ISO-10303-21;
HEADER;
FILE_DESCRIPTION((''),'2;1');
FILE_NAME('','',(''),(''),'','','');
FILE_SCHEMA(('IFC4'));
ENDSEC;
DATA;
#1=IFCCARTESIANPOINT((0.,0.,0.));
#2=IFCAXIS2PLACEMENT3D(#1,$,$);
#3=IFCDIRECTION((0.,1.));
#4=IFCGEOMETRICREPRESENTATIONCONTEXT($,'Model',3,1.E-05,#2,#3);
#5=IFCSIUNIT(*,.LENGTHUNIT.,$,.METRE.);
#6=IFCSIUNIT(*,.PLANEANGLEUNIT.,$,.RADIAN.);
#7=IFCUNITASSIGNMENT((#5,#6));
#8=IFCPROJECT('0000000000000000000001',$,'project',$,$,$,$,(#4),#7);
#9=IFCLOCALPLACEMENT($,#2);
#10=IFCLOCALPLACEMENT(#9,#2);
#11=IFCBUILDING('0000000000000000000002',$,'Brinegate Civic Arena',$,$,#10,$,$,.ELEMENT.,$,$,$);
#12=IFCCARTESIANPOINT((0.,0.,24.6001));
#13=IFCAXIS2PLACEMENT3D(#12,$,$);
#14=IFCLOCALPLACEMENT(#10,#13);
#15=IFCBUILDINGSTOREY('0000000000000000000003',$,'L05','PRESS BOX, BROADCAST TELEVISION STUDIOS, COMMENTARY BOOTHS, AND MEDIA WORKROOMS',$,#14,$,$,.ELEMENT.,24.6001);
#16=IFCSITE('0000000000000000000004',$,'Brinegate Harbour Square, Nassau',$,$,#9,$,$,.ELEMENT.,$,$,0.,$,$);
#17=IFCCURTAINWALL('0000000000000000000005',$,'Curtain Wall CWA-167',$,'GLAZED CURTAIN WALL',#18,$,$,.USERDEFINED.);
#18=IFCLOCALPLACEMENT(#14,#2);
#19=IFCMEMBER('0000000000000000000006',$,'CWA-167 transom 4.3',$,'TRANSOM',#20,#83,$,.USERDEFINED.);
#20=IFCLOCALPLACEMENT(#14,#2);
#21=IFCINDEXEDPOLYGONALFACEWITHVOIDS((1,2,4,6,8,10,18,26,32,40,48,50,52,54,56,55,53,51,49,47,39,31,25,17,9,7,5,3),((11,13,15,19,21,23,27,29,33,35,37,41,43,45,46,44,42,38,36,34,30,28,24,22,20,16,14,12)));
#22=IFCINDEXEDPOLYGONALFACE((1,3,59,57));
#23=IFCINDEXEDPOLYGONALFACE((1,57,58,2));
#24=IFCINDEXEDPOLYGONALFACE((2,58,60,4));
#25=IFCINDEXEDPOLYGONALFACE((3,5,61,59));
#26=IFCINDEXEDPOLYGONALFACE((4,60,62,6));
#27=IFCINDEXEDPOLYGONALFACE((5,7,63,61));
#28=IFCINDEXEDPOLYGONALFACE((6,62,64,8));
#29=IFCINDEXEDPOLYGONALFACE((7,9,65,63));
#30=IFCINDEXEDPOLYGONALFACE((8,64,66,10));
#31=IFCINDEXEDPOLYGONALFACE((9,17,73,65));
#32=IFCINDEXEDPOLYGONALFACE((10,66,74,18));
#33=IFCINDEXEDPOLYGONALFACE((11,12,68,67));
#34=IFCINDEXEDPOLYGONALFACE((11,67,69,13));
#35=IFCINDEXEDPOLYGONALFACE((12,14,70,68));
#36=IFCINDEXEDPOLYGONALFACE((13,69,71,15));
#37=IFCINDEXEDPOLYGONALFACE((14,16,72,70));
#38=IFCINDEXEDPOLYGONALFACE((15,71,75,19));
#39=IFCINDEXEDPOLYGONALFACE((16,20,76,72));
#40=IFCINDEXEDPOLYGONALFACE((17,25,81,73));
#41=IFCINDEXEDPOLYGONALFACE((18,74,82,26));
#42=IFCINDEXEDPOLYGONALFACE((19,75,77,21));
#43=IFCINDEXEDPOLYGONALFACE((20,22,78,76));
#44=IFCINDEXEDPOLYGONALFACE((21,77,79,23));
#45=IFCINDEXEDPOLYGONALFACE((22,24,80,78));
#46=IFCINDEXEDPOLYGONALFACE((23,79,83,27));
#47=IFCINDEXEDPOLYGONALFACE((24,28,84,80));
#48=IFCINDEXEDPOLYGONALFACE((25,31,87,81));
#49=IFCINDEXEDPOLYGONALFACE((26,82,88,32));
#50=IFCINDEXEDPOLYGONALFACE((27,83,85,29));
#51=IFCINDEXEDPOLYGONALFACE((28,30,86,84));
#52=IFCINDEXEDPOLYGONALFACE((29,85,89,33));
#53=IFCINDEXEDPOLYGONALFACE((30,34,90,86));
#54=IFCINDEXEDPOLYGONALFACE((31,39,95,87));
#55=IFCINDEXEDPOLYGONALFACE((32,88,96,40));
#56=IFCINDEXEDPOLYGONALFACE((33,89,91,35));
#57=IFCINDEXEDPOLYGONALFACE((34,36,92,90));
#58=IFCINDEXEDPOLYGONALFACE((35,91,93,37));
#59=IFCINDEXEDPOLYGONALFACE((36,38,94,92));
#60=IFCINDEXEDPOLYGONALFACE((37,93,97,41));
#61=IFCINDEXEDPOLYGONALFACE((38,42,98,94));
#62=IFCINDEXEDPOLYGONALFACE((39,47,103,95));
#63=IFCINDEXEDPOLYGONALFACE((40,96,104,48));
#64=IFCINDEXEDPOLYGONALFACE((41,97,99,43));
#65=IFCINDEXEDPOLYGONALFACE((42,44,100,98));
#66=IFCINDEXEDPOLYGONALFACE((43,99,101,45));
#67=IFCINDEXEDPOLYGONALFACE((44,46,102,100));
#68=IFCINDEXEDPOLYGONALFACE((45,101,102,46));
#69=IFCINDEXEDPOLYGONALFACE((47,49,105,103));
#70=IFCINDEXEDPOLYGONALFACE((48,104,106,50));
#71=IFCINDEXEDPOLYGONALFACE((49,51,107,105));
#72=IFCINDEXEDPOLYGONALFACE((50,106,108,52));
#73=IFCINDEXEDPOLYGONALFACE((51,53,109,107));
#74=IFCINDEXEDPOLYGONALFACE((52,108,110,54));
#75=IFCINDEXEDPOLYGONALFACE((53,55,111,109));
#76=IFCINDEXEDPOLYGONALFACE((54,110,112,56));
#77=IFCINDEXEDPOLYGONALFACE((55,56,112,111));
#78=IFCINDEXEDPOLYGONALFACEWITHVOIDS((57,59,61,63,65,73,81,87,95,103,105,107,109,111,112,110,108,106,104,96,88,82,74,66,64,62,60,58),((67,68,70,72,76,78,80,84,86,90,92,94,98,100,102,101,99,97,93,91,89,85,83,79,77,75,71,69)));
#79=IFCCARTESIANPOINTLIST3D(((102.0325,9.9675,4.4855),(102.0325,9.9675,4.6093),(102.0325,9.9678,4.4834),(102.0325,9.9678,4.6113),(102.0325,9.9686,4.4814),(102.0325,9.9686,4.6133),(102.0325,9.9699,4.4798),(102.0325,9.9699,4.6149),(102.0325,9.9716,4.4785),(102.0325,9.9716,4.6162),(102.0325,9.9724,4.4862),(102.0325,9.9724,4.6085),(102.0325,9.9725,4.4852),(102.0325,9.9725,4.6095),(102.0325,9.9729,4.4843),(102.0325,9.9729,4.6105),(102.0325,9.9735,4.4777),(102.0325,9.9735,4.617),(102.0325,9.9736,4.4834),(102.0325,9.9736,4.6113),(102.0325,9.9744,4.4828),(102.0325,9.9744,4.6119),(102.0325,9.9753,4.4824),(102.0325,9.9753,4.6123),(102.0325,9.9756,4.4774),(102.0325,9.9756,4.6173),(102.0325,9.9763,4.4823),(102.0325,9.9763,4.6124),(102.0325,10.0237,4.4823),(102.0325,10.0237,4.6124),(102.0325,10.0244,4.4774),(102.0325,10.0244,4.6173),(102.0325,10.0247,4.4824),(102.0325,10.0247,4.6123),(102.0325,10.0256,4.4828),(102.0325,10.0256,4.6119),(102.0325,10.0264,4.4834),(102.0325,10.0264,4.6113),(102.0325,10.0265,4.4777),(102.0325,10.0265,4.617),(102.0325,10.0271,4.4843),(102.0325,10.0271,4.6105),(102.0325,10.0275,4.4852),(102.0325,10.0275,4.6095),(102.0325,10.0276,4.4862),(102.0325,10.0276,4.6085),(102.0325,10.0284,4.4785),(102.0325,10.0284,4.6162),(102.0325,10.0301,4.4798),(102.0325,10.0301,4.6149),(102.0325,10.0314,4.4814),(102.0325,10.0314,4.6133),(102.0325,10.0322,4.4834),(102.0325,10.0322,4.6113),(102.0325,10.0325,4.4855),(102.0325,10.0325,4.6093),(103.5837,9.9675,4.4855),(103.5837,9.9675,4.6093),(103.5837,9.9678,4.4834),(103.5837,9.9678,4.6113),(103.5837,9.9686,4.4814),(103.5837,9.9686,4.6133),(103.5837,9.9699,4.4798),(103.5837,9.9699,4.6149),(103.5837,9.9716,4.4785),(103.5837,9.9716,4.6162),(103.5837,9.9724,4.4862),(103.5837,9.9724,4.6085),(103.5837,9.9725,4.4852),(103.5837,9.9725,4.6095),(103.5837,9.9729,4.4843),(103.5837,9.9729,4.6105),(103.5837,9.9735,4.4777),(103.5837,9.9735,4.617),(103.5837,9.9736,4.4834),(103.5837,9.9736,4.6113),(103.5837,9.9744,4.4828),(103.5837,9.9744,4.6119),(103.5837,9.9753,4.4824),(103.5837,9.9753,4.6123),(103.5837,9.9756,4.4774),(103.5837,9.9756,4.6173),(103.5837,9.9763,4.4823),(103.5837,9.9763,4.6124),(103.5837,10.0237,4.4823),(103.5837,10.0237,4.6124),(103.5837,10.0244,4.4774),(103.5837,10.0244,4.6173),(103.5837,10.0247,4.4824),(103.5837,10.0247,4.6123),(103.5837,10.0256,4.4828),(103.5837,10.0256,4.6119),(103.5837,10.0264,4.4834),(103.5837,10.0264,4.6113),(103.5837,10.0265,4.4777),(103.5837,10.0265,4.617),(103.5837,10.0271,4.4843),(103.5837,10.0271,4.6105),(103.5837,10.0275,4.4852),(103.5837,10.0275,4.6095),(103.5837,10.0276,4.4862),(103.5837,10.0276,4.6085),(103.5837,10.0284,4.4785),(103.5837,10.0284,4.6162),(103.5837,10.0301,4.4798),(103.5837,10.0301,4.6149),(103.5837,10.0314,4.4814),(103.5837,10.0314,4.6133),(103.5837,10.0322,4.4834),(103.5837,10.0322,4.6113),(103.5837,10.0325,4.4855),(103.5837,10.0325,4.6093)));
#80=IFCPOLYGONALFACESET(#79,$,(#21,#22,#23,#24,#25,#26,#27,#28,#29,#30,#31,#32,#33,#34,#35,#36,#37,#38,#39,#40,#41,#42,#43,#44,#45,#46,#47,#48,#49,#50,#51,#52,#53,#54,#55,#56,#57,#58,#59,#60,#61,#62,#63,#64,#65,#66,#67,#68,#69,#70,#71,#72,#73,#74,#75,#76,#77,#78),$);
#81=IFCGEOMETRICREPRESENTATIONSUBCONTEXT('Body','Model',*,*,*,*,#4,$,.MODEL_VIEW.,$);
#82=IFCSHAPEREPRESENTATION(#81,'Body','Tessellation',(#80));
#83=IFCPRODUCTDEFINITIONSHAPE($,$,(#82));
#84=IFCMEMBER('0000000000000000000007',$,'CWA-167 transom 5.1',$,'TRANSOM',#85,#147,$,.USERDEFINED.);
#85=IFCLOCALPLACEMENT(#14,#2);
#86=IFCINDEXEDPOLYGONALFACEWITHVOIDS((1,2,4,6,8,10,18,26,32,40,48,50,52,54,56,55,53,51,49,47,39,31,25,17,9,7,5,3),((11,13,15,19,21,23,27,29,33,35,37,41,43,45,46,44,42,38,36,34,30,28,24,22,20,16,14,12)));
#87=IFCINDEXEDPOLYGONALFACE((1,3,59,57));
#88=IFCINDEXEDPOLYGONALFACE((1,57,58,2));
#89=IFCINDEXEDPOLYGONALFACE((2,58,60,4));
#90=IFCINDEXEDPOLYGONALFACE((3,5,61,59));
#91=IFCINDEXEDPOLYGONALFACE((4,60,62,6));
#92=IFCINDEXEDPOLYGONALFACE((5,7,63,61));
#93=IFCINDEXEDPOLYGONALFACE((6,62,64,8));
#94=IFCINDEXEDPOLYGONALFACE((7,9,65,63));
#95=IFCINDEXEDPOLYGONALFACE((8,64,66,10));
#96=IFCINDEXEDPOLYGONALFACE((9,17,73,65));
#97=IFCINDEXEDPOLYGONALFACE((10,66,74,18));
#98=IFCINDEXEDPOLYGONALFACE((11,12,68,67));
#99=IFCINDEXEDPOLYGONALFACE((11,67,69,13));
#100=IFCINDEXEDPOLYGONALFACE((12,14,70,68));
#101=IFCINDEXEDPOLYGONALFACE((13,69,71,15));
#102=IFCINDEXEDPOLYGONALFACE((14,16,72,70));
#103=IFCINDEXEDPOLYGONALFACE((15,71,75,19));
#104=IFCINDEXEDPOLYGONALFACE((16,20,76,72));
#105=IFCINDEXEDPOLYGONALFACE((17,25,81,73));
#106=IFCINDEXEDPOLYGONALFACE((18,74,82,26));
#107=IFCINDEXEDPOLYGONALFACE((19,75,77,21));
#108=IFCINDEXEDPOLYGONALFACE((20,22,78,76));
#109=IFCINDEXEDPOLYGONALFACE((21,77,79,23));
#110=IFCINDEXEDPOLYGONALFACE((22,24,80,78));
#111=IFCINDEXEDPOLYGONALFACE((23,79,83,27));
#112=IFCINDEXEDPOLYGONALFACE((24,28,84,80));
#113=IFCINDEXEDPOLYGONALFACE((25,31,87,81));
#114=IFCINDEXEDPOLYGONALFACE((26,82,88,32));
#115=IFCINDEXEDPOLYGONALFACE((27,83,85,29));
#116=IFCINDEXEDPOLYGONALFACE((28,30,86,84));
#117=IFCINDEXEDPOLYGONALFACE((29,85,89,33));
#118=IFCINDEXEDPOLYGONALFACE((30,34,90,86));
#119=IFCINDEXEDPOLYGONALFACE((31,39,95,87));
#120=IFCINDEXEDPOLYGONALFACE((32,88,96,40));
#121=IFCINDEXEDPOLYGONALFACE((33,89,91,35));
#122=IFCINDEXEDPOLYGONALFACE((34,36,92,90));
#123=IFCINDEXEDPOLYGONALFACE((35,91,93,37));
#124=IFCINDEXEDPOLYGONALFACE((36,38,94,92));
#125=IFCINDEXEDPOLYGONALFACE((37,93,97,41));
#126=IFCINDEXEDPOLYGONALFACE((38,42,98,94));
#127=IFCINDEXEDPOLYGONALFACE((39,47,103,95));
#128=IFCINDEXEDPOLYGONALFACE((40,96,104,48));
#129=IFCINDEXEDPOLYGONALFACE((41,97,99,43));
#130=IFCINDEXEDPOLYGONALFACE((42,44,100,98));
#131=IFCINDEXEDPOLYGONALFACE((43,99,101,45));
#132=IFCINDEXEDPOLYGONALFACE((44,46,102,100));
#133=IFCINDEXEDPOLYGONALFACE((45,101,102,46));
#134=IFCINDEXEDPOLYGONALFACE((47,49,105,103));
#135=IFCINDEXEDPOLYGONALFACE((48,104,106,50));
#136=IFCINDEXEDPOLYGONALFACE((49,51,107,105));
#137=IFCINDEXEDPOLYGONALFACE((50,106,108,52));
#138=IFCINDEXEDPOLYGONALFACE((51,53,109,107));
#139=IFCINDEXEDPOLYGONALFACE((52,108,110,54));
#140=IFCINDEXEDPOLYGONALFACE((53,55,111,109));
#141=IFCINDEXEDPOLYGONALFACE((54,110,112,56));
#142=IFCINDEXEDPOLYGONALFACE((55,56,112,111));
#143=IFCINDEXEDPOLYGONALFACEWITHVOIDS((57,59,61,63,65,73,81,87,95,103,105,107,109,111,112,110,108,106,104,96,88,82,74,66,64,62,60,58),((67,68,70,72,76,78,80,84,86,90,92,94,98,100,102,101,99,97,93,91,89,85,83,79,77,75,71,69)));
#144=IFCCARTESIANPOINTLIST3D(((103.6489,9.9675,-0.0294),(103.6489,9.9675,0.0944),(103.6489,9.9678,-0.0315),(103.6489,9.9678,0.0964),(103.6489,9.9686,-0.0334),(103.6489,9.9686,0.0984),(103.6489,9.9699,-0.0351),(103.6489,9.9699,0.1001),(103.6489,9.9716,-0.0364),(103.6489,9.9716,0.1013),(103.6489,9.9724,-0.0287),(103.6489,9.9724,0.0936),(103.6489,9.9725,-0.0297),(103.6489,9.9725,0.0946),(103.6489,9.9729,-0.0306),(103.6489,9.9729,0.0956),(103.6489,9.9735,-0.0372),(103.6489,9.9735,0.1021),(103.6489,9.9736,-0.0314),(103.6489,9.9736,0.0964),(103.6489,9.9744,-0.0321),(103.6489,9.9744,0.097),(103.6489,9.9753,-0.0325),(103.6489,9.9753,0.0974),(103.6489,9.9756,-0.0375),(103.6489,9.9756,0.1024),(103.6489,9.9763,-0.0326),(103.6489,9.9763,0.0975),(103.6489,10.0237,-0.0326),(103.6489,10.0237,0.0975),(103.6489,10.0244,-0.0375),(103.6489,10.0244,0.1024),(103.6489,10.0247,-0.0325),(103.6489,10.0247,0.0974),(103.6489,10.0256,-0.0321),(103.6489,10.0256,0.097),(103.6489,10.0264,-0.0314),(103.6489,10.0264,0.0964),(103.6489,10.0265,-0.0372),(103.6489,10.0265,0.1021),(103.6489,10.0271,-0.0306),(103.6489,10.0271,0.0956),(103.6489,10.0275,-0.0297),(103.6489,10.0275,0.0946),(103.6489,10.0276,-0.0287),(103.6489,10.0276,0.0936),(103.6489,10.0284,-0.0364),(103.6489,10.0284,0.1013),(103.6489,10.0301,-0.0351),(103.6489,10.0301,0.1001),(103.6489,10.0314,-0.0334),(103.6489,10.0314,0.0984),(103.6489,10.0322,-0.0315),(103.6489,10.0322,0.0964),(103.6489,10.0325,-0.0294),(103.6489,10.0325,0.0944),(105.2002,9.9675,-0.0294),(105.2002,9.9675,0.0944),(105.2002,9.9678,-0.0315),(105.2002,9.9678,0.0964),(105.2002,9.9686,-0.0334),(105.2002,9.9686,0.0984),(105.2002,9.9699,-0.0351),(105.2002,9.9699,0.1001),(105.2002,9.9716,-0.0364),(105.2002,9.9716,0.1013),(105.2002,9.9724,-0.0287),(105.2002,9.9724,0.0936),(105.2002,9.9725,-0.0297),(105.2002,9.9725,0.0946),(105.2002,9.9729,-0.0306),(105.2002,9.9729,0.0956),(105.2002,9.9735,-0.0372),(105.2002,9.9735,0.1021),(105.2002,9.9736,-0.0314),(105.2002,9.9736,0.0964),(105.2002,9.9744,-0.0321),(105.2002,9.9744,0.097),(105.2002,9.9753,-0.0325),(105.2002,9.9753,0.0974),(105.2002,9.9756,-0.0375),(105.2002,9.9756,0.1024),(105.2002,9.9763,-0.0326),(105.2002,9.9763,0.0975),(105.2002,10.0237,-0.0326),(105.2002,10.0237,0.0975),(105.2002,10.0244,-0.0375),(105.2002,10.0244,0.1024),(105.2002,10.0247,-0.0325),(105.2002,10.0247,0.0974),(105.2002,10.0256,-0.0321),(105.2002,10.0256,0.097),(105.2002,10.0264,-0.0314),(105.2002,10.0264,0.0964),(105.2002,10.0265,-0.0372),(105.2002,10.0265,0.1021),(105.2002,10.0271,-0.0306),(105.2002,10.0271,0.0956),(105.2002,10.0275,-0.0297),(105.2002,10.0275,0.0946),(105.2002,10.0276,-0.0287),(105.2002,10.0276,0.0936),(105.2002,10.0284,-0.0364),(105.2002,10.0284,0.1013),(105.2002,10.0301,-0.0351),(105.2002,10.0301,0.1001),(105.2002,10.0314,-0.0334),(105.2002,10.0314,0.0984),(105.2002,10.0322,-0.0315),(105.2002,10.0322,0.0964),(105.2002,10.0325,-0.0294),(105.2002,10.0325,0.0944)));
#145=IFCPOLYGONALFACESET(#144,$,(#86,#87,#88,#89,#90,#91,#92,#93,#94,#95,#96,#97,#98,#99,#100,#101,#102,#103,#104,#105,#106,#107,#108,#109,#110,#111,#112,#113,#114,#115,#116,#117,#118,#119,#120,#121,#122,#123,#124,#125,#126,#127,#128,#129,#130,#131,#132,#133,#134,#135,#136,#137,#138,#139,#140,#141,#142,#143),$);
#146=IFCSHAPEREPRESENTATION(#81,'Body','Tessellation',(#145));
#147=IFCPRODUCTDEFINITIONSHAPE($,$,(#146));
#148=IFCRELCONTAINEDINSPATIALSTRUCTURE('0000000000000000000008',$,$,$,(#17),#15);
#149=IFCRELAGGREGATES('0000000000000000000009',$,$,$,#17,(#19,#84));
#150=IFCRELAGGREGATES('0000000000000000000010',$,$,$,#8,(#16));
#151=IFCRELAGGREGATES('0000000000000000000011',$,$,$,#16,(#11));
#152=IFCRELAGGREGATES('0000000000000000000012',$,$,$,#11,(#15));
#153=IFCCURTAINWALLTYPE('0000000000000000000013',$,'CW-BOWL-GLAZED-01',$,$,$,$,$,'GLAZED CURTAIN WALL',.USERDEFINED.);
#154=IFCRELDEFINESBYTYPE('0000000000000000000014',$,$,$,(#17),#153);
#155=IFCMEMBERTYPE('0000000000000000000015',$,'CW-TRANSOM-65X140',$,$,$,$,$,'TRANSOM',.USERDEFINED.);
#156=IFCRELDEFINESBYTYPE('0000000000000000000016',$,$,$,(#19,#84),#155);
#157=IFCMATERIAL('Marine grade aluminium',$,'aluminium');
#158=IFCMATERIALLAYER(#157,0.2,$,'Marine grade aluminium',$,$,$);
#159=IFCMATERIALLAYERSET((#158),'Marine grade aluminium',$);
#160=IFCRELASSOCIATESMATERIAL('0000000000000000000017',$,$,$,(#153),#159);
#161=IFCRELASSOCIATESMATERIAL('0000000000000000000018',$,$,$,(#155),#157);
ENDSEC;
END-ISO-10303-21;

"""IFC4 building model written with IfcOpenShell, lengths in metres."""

from ifc_helpers import new_model, si_unit, direction, frame, origin, origin_2d, place, context, subcontext, project, spatial, hollow_rectangle, extrude, material, layer, layer_set, material_profile, profile_set, type_object, element, aggregate, save


model = new_model("IFC4")

# Units and contexts
model_context = context("Model", 3, precision=1e-05, world=origin(), true_north=direction((0.0, 1.0)))
body_context = subcontext(model_context, "Body", "Model", "MODEL_VIEW")
ifc_project = project(units=[si_unit("LENGTHUNIT", "METRE"), si_unit("PLANEANGLEUNIT", "RADIAN")], contexts=[model_context])

# Site, building, storey
site_placement = place(None, origin())
site = spatial("IfcSite", under=ifc_project, at=site_placement, Name="Brinegate Harbour Square, Nassau", CompositionType="ELEMENT", RefElevation=0.0)
building_placement = place(site_placement, origin())
building = spatial("IfcBuilding", under=site, at=building_placement, Name="Brinegate Civic Arena", CompositionType="ELEMENT")
storey_placement = place(building_placement, frame((0.0, 0.0, 24.6001)))
storey = spatial("IfcBuildingStorey", under=building, at=storey_placement, Name="L05", Description="PRESS BOX, BROADCAST TELEVISION STUDIOS, COMMENTARY BOOTHS, AND MEDIA WORKROOMS", CompositionType="ELEMENT", Elevation=24.6001)

# Curtain wall, members
ifc_material_1 = material(Name="Marine grade aluminium", Category="aluminium")
ifc_layer_1 = layer(ifc_material_1, 0.2, Name="Marine grade aluminium")
ifc_layer_set_1 = layer_set([ifc_layer_1], Name="Marine grade aluminium")
curtain_wall_type = type_object("IfcCurtainWallType", Name="CW-BOWL-GLAZED-01", ElementType="GLAZED CURTAIN WALL", PredefinedType="USERDEFINED", material=ifc_layer_set_1)
curtain_wall_placement = place(storey_placement, origin())
curtain_wall = element("IfcCurtainWall", 1, at=curtain_wall_placement, inside=storey, type_object=curtain_wall_type, Name="Curtain Wall CWA-167", ObjectType="GLAZED CURTAIN WALL", PredefinedType="USERDEFINED")
ifc_material_profile_1 = material_profile(ifc_material_1, hollow_rectangle(XDim=0.0649, YDim=0.1399, WallThickness=0.0049, InnerFilletRadius=0.0039, OuterFilletRadius=0.0081, at=origin_2d()), Name="TRN65X140")
ifc_profile_set_1 = profile_set([ifc_material_profile_1], Name="Marine grade aluminium")
member_type_1 = type_object("IfcMemberType", Name="CW-TRANSOM-65X140", ElementType="TRANSOM", PredefinedType="USERDEFINED", material=ifc_profile_set_1)
member_1_placement = place(storey_placement, frame((102.0325, 10.0, 4.5474), z_axis=(1.0, 0.0, 0.0), x_axis=(0.0, 1.0, 0.0)))
member_1 = element("IfcMember", 2, at=member_1_placement, type_object=member_type_1, Name="CWA-167 transom 4.3", ObjectType="TRANSOM", PredefinedType="USERDEFINED", context=body_context, shape_type="SweptSolid", body=[
    extrude(hollow_rectangle(XDim=0.0649, YDim=0.1399, WallThickness=0.0049, InnerFilletRadius=0.0039, OuterFilletRadius=0.0081, at=origin_2d()), origin(), (0.0, 0.0, 1.0), 1.5513),
])
member_2_placement = place(storey_placement, frame((103.6489, 10.0, 0.0325), z_axis=(1.0, 0.0, 0.0), x_axis=(0.0, 1.0, 0.0)))
member_2 = element("IfcMember", 3, at=member_2_placement, type_object=member_type_1, Name="CWA-167 transom 5.1", ObjectType="TRANSOM", PredefinedType="USERDEFINED", context=body_context, shape_type="SweptSolid", body=[
    extrude(hollow_rectangle(XDim=0.0649, YDim=0.1399, WallThickness=0.0049, InnerFilletRadius=0.0039, OuterFilletRadius=0.0081, at=origin_2d()), origin(), (0.0, 0.0, 1.0), 1.5513),
])
aggregate(curtain_wall, [member_1, member_2])

save(model, "model.ifc")
